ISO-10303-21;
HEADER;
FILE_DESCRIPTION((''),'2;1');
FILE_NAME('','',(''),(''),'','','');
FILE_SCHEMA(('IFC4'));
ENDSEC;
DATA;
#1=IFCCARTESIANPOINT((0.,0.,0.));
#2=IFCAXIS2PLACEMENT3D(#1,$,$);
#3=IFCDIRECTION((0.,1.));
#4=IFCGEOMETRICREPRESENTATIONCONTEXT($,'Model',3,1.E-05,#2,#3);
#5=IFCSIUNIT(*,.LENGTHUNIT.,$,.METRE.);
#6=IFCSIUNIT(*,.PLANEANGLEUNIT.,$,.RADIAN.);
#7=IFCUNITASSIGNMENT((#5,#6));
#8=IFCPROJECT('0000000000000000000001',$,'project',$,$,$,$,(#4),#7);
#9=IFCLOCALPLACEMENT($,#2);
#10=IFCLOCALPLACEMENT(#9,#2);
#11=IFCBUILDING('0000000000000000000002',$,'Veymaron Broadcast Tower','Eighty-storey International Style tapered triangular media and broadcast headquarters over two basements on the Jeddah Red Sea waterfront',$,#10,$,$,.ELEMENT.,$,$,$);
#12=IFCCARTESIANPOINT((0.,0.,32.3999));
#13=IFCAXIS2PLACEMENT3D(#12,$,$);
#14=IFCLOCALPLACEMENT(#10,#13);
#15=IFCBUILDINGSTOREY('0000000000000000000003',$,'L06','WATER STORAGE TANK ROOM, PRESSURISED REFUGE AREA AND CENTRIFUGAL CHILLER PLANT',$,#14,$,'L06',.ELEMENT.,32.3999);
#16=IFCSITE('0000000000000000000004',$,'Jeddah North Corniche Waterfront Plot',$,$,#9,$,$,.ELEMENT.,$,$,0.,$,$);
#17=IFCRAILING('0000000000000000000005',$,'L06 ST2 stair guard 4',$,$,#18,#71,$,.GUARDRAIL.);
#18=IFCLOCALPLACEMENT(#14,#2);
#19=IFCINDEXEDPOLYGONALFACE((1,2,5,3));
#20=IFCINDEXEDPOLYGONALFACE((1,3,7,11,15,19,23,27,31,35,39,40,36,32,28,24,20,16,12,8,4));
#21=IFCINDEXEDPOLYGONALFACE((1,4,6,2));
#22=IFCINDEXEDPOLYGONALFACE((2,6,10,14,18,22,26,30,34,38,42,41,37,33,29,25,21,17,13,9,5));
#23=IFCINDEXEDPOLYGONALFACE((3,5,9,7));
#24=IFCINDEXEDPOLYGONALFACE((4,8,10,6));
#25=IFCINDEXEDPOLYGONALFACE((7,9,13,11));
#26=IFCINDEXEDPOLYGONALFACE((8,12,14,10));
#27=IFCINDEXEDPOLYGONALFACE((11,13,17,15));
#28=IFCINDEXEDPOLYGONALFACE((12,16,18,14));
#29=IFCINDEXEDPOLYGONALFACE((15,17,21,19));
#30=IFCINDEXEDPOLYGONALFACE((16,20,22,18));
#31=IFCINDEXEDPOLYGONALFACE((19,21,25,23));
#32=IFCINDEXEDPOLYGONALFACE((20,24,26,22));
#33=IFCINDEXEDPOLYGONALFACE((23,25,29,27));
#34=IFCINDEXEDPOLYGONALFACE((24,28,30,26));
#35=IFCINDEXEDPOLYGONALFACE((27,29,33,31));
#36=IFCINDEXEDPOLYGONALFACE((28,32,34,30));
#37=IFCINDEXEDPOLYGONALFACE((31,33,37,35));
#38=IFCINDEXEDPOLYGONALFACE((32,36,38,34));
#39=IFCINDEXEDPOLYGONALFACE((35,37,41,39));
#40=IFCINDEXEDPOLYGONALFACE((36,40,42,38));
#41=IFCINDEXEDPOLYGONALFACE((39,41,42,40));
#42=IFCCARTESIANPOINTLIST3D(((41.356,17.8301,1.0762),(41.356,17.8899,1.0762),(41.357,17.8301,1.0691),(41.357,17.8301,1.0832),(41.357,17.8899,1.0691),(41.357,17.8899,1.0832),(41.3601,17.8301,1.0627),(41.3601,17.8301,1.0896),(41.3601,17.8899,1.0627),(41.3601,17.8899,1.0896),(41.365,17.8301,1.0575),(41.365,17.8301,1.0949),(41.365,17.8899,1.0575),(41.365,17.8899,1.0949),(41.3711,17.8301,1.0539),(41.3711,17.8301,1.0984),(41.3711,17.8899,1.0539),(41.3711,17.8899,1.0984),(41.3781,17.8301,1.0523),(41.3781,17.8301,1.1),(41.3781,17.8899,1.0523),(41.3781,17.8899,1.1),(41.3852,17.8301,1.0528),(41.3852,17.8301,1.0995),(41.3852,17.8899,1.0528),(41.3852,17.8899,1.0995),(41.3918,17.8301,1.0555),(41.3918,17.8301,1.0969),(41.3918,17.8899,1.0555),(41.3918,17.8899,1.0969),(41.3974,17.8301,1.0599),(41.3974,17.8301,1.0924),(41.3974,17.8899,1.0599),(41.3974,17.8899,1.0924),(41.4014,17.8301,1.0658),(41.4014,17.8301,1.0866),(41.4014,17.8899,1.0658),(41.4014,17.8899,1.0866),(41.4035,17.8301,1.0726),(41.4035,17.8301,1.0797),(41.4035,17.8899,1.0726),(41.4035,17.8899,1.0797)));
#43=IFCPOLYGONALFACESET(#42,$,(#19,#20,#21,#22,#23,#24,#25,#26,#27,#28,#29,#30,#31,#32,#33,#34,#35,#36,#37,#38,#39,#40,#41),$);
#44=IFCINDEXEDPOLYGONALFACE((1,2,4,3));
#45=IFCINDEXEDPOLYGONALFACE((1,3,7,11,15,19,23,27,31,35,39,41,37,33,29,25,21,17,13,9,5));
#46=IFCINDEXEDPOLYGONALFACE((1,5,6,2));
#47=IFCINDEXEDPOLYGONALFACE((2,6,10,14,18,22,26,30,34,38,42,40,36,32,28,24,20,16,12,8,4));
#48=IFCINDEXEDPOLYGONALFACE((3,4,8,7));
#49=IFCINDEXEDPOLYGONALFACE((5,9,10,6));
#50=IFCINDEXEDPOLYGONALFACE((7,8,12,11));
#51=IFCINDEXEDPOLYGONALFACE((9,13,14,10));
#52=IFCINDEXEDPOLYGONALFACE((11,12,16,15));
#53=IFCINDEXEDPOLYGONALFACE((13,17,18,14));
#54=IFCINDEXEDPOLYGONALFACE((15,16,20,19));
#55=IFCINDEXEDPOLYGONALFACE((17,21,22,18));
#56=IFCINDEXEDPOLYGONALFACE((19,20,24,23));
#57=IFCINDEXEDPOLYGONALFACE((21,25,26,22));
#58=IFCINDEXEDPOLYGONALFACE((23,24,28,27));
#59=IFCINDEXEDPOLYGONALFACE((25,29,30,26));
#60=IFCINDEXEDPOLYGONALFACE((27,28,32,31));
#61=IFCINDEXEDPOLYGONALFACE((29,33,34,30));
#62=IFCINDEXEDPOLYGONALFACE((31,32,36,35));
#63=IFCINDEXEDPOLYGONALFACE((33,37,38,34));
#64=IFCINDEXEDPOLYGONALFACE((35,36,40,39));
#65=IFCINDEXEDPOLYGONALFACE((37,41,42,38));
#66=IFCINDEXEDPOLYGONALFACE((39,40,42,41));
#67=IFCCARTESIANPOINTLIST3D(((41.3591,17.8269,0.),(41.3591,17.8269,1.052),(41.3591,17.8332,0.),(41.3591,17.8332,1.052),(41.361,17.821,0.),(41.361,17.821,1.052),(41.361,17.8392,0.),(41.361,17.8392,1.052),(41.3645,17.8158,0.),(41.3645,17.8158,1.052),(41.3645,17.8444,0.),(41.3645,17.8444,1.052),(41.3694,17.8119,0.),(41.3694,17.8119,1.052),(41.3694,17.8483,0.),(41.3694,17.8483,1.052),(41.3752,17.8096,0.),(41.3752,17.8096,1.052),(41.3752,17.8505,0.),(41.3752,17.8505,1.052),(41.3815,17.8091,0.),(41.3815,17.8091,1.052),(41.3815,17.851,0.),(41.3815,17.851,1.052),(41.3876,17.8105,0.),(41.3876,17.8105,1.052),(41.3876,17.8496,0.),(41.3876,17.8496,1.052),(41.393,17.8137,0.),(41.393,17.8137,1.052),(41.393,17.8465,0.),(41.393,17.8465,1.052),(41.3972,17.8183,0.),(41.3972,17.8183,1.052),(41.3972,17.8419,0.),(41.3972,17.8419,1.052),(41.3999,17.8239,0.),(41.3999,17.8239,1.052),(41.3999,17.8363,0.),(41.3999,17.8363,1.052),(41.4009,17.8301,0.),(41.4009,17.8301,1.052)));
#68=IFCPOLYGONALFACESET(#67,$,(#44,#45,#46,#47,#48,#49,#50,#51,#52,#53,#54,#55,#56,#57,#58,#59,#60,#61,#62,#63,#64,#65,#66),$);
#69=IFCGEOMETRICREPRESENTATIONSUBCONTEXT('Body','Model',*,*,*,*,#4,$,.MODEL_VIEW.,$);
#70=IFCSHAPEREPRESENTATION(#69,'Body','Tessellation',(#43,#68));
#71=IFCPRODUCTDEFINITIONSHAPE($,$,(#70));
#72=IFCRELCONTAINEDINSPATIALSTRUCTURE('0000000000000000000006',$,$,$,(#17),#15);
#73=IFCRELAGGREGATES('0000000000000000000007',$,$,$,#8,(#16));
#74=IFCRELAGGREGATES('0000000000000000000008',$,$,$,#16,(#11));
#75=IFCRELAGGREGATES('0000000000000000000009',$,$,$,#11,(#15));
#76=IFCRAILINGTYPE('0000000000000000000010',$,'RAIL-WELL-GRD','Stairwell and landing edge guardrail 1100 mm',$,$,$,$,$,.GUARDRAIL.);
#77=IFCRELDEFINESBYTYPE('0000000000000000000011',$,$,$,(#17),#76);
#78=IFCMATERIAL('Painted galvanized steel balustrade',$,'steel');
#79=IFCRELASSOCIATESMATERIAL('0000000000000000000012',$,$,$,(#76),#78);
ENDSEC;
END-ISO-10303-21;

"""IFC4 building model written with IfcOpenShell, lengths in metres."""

from ifc_helpers import new_model, si_unit, direction, frame, origin, origin_2d, place, context, subcontext, project, spatial, circle, extrude, material, type_object, element, save


model = new_model("IFC4")

# Units and contexts
model_context = context("Model", 3, precision=1e-05, world=origin(), true_north=direction((0.0, 1.0)))
body_context = subcontext(model_context, "Body", "Model", "MODEL_VIEW")
ifc_project = project(units=[si_unit("LENGTHUNIT", "METRE"), si_unit("PLANEANGLEUNIT", "RADIAN")], contexts=[model_context])

# Site, building, storey
site_placement = place(None, origin())
site = spatial("IfcSite", under=ifc_project, at=site_placement, Name="Jeddah North Corniche Waterfront Plot", CompositionType="ELEMENT", RefElevation=0.0)
building_placement = place(site_placement, origin())
building = spatial("IfcBuilding", under=site, at=building_placement, Name="Veymaron Broadcast Tower", Description="Eighty-storey International Style tapered triangular media and broadcast headquarters over two basements on the Jeddah Red Sea waterfront", CompositionType="ELEMENT")
storey_placement = place(building_placement, frame((0.0, 0.0, 32.3999)))
storey = spatial("IfcBuildingStorey", under=building, at=storey_placement, Name="L06", Description="WATER STORAGE TANK ROOM, PRESSURISED REFUGE AREA AND CENTRIFUGAL CHILLER PLANT", LongName="L06", CompositionType="ELEMENT", Elevation=32.3999)

# Railing
ifc_material_1 = material(Name="Painted galvanized steel balustrade", Category="steel")
railing_type_1 = type_object("IfcRailingType", Name="RAIL-WELL-GRD", Description="Stairwell and landing edge guardrail 1100 mm", PredefinedType="GUARDRAIL", material=ifc_material_1)
railing_1_placement = place(storey_placement, frame((41.3799, 17.8301, 0.0)))
element("IfcRailing", 1, at=railing_1_placement, inside=storey, type_object=railing_type_1, Name="L06 ST2 stair guard 4", PredefinedType="GUARDRAIL", context=body_context, shape_type="SweptSolid", body=[
    extrude(circle(Radius=0.0239, at=origin_2d()), frame((0.0, 0.0, 1.0762), z_axis=(0.0, 1.0, 0.0), x_axis=(-1.0, 0.0, 0.0)), (0.0, 0.0, 1.0), 0.0598),
    extrude(circle(Radius=0.021, at=origin_2d()), origin(), (0.0, 0.0, 1.0), 1.052),
])

save(model, "model.ifc")
